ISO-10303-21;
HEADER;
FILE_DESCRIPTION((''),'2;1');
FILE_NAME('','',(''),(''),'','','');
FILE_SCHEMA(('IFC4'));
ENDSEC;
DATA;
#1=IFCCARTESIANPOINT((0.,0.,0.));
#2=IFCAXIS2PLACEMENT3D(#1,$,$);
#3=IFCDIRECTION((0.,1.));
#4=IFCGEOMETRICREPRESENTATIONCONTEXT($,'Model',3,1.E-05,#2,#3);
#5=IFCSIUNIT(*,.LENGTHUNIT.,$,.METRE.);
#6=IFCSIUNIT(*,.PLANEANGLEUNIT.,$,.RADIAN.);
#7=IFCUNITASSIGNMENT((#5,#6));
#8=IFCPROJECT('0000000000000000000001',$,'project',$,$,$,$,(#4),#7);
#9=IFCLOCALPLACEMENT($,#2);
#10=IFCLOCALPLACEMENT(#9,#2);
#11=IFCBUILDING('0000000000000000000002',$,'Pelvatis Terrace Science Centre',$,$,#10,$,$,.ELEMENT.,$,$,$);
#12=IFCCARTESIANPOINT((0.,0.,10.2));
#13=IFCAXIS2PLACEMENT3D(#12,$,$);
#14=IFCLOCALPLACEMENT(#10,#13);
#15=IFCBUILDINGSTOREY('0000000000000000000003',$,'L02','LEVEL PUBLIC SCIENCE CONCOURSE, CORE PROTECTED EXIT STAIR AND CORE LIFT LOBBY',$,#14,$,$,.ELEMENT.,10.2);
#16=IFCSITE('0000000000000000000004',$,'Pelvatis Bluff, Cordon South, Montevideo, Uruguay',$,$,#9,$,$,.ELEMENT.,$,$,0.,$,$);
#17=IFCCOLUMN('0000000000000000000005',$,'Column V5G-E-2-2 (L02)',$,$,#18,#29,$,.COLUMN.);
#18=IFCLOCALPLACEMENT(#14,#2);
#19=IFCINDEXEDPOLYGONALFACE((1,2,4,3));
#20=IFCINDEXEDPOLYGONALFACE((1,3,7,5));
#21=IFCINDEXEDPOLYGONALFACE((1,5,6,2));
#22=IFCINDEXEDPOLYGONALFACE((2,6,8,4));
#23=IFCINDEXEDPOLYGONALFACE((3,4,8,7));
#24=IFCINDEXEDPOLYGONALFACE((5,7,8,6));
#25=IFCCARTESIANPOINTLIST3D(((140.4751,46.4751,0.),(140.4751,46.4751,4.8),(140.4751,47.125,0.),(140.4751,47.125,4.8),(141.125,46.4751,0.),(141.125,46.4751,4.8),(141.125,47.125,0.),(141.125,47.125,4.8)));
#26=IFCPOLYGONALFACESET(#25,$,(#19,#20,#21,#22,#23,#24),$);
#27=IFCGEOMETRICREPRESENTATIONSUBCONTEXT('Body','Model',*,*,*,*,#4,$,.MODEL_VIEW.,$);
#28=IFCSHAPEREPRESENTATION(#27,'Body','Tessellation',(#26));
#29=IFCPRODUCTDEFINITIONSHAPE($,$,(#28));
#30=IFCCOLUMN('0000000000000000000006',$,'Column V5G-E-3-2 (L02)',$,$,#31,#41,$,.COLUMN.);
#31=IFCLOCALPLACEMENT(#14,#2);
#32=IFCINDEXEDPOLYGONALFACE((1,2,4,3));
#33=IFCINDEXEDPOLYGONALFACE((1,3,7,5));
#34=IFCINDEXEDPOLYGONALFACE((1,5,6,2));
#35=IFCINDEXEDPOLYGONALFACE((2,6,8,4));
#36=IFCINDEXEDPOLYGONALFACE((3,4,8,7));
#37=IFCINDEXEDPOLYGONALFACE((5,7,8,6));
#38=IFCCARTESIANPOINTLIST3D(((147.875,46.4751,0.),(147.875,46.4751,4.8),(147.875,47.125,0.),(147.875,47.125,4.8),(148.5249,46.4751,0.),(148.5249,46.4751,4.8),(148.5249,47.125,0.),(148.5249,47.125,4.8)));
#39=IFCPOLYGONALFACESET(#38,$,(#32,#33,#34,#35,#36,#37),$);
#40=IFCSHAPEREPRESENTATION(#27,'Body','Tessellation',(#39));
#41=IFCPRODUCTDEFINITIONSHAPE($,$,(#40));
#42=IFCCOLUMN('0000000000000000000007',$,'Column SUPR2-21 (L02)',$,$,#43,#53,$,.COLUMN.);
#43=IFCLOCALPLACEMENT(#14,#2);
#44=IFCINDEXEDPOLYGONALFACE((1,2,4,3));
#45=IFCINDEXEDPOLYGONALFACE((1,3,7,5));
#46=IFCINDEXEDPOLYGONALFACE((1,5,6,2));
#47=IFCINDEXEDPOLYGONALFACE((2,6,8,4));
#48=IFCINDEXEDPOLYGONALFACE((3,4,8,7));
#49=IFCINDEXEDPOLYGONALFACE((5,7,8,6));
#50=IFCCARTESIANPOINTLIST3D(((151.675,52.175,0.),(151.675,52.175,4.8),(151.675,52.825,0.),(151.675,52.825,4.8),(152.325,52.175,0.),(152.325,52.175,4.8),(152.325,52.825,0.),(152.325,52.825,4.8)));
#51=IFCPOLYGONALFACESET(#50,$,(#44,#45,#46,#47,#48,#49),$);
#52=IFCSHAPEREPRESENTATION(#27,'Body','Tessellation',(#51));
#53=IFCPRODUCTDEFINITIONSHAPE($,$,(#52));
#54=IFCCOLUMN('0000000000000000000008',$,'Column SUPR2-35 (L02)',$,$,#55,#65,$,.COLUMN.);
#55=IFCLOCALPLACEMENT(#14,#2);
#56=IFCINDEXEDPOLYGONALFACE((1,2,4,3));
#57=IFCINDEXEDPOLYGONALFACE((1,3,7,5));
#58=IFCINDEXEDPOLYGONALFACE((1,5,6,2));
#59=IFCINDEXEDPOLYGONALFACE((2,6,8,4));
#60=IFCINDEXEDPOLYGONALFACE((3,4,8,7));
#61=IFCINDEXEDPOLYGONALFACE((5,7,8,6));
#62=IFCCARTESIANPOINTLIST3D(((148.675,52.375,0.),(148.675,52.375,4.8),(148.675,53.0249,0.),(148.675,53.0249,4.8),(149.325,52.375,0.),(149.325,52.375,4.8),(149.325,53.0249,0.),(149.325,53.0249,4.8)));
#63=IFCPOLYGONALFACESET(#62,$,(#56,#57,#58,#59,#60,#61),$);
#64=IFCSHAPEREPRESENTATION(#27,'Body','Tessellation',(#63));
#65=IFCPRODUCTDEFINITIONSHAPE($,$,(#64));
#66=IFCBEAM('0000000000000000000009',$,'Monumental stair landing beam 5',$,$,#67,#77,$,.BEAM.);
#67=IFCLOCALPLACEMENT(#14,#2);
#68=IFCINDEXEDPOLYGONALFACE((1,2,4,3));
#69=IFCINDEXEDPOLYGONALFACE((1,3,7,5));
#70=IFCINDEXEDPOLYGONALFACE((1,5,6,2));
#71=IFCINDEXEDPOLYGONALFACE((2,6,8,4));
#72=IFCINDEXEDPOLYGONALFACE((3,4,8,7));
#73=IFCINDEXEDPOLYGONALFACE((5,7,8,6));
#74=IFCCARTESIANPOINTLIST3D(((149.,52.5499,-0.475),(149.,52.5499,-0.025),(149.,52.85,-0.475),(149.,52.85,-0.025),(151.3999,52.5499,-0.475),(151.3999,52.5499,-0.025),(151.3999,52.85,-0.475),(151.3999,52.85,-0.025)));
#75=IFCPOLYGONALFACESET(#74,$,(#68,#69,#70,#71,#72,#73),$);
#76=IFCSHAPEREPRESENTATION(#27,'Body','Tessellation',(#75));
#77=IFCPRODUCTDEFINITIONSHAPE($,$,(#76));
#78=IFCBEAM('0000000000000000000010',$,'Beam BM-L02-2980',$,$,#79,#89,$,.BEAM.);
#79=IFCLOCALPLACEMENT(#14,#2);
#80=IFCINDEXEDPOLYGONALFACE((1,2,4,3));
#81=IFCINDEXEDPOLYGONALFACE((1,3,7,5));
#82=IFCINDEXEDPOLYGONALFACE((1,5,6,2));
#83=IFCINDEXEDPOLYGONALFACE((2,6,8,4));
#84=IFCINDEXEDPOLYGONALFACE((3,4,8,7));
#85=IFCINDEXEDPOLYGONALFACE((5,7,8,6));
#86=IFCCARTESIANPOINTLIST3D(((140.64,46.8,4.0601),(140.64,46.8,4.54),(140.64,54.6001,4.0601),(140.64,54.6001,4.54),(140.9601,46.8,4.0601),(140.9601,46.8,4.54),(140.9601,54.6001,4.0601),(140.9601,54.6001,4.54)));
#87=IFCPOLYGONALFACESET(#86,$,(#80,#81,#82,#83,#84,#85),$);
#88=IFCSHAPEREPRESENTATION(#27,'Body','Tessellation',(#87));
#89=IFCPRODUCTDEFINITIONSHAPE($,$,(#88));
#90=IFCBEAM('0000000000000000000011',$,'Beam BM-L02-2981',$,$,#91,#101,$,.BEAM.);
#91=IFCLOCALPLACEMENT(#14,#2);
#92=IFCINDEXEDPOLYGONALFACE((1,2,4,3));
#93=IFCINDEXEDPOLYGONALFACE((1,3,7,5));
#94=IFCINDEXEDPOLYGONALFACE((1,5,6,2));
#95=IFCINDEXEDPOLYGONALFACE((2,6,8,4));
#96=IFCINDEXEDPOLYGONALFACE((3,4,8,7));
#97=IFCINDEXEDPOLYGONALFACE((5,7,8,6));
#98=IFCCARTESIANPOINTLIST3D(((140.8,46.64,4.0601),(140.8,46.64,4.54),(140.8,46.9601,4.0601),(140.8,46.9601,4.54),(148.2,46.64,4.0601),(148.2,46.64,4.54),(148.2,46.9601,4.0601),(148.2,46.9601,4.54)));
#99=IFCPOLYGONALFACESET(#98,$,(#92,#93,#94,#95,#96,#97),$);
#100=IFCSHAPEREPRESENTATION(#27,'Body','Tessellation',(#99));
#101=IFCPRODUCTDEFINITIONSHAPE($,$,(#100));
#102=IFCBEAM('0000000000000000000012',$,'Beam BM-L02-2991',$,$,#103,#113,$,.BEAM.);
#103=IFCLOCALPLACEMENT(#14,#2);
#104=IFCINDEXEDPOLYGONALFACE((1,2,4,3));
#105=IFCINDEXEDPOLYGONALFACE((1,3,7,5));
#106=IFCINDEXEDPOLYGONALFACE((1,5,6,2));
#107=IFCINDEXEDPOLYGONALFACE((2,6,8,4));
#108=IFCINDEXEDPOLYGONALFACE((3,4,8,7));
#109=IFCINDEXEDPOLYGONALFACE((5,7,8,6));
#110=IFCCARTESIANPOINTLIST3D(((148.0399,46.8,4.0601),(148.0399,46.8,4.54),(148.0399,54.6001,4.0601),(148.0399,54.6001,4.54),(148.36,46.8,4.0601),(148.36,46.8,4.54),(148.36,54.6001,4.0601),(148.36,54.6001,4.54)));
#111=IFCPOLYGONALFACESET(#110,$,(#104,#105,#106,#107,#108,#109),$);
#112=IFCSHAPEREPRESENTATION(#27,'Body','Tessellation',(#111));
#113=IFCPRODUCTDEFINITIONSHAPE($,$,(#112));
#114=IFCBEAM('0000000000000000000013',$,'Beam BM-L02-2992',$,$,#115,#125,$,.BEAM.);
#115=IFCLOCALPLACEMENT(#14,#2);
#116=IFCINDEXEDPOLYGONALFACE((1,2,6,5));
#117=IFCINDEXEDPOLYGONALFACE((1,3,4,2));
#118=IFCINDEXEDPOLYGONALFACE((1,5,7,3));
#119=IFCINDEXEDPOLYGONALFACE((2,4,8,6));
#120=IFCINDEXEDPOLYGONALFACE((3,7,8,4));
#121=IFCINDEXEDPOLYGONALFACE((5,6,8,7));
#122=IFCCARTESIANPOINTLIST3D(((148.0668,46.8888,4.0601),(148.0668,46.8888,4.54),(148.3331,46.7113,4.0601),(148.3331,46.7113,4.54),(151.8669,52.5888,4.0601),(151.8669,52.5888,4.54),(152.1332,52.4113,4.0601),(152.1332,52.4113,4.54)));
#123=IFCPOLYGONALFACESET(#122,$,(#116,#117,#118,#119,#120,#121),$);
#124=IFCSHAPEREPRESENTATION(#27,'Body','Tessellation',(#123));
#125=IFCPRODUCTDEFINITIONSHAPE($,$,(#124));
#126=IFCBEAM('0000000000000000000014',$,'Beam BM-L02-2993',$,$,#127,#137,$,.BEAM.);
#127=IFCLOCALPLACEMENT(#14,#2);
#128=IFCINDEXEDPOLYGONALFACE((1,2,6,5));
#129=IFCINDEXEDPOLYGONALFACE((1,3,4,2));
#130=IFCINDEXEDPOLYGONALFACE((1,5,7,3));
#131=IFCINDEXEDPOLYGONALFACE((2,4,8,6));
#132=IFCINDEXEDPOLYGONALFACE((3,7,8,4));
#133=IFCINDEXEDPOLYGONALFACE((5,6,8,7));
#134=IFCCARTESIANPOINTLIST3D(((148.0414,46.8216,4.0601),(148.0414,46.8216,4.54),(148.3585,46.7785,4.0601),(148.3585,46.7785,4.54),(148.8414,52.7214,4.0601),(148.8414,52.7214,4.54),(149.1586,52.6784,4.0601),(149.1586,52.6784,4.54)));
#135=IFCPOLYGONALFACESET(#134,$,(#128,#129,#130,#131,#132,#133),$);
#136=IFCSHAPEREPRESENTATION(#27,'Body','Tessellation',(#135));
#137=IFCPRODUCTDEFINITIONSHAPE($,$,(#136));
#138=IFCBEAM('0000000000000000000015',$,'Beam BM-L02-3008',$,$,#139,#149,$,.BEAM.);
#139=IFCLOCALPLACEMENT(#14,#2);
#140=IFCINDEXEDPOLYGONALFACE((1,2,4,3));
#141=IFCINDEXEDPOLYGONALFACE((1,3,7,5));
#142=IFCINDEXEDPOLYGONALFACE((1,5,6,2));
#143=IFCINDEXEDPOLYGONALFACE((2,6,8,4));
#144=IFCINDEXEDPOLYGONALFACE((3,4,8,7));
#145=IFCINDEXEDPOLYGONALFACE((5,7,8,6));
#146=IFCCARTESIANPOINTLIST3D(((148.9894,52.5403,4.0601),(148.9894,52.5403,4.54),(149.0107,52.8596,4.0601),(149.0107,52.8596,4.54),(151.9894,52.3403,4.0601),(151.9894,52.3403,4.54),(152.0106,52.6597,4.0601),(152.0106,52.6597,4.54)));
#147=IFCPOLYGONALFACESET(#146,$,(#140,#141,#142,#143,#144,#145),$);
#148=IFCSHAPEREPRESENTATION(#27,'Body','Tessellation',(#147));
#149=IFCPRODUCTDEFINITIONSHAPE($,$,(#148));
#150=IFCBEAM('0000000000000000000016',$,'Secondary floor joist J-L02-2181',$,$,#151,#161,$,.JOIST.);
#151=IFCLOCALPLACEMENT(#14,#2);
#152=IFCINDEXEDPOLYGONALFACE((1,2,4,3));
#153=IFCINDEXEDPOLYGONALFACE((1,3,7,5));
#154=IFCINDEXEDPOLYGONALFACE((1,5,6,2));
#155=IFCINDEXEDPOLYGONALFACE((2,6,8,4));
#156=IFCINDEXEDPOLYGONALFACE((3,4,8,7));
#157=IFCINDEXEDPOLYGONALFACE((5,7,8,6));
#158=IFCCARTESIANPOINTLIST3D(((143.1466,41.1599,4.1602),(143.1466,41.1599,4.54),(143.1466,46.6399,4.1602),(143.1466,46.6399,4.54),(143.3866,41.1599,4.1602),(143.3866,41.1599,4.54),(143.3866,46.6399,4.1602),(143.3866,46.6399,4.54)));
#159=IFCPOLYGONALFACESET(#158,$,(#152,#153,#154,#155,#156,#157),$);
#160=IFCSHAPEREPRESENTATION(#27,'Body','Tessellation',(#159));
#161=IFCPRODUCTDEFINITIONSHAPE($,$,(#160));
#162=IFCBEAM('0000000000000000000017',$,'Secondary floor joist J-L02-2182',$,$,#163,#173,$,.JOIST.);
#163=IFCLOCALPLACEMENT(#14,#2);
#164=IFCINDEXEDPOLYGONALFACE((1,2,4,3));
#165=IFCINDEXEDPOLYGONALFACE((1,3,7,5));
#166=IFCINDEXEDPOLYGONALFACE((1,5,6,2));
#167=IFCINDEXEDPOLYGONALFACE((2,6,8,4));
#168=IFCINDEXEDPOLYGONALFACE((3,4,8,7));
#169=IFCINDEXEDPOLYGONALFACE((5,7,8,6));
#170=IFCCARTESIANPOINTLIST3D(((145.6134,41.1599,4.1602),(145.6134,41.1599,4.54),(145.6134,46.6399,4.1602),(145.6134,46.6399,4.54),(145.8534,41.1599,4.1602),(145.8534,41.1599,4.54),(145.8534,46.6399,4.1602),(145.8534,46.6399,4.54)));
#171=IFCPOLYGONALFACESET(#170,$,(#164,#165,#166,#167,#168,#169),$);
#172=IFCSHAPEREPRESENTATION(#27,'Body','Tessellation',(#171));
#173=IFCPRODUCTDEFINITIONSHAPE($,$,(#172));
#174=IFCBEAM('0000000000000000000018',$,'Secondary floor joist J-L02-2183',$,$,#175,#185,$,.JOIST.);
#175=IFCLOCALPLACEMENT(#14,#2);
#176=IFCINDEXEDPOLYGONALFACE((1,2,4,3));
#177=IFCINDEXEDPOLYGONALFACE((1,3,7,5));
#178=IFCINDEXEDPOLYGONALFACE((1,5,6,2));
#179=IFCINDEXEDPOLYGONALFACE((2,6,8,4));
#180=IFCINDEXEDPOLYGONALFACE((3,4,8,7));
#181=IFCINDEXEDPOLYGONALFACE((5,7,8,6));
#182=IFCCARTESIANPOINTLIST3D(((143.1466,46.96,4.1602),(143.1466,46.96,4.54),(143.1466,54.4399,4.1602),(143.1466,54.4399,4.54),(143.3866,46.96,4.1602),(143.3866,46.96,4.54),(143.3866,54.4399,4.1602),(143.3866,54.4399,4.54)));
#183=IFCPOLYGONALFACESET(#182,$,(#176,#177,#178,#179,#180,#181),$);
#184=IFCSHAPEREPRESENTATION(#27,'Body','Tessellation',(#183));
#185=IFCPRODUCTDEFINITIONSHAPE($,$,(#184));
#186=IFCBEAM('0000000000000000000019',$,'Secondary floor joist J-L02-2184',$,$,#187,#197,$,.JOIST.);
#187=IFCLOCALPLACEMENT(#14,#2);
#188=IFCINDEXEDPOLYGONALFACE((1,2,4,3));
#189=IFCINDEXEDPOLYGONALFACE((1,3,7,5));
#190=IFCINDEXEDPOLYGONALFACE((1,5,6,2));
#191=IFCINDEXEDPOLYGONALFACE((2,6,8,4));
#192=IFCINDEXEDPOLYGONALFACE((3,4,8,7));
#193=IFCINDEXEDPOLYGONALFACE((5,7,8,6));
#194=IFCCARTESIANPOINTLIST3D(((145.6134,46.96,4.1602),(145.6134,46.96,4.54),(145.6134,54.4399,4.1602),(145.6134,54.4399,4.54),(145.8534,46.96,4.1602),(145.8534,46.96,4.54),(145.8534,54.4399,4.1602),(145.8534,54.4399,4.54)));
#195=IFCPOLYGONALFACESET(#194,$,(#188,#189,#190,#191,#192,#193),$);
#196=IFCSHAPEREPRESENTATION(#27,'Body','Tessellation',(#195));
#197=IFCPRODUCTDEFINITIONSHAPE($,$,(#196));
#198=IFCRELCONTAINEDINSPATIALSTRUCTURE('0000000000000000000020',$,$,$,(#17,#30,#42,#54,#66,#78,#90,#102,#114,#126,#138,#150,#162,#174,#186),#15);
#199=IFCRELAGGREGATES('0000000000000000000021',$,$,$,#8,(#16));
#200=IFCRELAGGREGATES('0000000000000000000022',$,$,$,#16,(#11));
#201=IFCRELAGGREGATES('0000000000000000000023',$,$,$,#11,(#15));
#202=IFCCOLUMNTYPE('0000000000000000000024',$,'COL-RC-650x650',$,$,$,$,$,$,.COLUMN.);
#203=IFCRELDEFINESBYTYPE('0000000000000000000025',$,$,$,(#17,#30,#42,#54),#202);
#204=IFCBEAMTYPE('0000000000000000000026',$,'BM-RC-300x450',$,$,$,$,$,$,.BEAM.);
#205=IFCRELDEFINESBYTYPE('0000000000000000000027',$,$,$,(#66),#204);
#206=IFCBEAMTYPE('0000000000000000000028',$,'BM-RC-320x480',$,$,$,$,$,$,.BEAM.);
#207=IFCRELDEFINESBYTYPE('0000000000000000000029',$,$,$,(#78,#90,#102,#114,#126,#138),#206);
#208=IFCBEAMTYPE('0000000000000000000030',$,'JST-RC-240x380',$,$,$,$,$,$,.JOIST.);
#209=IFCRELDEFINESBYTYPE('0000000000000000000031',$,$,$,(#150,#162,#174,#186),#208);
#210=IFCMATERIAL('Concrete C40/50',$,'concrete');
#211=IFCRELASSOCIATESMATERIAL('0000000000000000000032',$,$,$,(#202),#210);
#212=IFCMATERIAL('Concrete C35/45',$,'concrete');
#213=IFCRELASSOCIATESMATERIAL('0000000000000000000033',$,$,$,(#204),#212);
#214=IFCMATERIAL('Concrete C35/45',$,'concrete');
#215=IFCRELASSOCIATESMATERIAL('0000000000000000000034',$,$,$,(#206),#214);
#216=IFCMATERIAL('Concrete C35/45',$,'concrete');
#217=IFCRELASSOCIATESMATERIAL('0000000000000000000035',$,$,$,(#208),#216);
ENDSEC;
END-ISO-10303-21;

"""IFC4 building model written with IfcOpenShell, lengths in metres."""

from ifc_helpers import new_model, si_unit, direction, frame, origin, origin_2d, place, context, subcontext, project, spatial, rectangle, extrude, material, material_profile, profile_set, type_object, element, save


model = new_model("IFC4")

# Units and contexts
model_context = context("Model", 3, precision=1e-05, world=origin(), true_north=direction((0.0, 1.0)))
body_context = subcontext(model_context, "Body", "Model", "MODEL_VIEW")
ifc_project = project(units=[si_unit("LENGTHUNIT", "METRE"), si_unit("PLANEANGLEUNIT", "RADIAN")], contexts=[model_context])

# Site, building, storey
site_placement = place(None, origin())
site = spatial("IfcSite", under=ifc_project, at=site_placement, Name="Pelvatis Bluff, Cordon South, Montevideo, Uruguay", CompositionType="ELEMENT", RefElevation=0.0)
building_placement = place(site_placement, origin())
building = spatial("IfcBuilding", under=site, at=building_placement, Name="Pelvatis Terrace Science Centre", CompositionType="ELEMENT")
storey_placement = place(building_placement, frame((0.0, 0.0, 10.2)))
storey = spatial("IfcBuildingStorey", under=building, at=storey_placement, Name="L02", Description="LEVEL PUBLIC SCIENCE CONCOURSE, CORE PROTECTED EXIT STAIR AND CORE LIFT LOBBY", CompositionType="ELEMENT", Elevation=10.2)

# Columns
ifc_material_1 = material(Name="Concrete C40/50", Category="concrete")
ifc_material_profile_1 = material_profile(ifc_material_1, rectangle(XDim=0.6499, YDim=0.6499, at=origin_2d()), Name="RC-COL 650x650")
ifc_profile_set_1 = profile_set([ifc_material_profile_1], Name="Concrete C40/50")
column_type = type_object("IfcColumnType", Name="COL-RC-650x650", PredefinedType="COLUMN", material=ifc_profile_set_1)
for number, where, z_axis, x_axis, name in (
    (1, (140.8, 46.8, 0.0), (0.0, 0.0, 1.0), (1.0, 0.0, 0.0), "Column V5G-E-2-2 (L02)"),
    (2, (148.2, 46.8, 0.0), (0.0, 0.0, 1.0), (1.0, 0.0, 0.0), "Column V5G-E-3-2 (L02)"),
    (3, (152.0, 52.5, 0.0), (0.0, 0.0, 1.0), (1.0, 0.0, 0.0), "Column SUPR2-21 (L02)"),
    (4, (149.0, 52.7, 0.0), (0.0, 0.0, 1.0), (1.0, 0.0, 0.0), "Column SUPR2-35 (L02)"),
):
    element("IfcColumn", number, at=place(storey_placement, frame(where, z_axis=z_axis, x_axis=x_axis)), inside=storey, type_object=column_type, Name=name, PredefinedType="COLUMN", context=body_context, shape_type="SweptSolid", body=[
        extrude(rectangle(XDim=0.6499, YDim=0.6499, at=origin_2d()), origin(), (0.0, 0.0, 1.0), 4.8),
    ])

# Beams
ifc_material_2 = material(Name="Concrete C35/45", Category="concrete")
ifc_material_profile_2 = material_profile(ifc_material_2, rectangle(XDim=0.3, YDim=0.45, at=origin_2d()), Name="RC-BM 300x450")
ifc_profile_set_2 = profile_set([ifc_material_profile_2], Name="Concrete C35/45")
beam_type_1 = type_object("IfcBeamType", Name="BM-RC-300x450", PredefinedType="BEAM", material=ifc_profile_set_2)
beam_1_placement = place(storey_placement, frame((149.0, 52.7, -0.25), z_axis=(1.0, 0.0, 0.0), x_axis=(0.0, 1.0, 0.0)))
element("IfcBeam", 5, at=beam_1_placement, inside=storey, type_object=beam_type_1, Name="Monumental stair landing beam 5", PredefinedType="BEAM", context=body_context, shape_type="SweptSolid", body=[
    extrude(rectangle(XDim=0.3, YDim=0.45, at=origin_2d()), origin(), (0.0, 0.0, 1.0), 2.3999),
])
ifc_material_3 = material(Name="Concrete C35/45", Category="concrete")
ifc_material_profile_3 = material_profile(ifc_material_3, rectangle(XDim=0.3201, YDim=0.48, at=origin_2d()), Name="RC-BM 320x480")
ifc_profile_set_3 = profile_set([ifc_material_profile_3], Name="Concrete C35/45")
beam_type_2 = type_object("IfcBeamType", Name="BM-RC-320x480", PredefinedType="BEAM", material=ifc_profile_set_3)
beam_2_placement = place(storey_placement, frame((140.8, 46.8, 4.3), z_axis=(0.0, 1.0, 0.0), x_axis=(-1.0, 0.0, 0.0)))
element("IfcBeam", 6, at=beam_2_placement, inside=storey, type_object=beam_type_2, Name="Beam BM-L02-2980", PredefinedType="BEAM", context=body_context, shape_type="SweptSolid", body=[
    extrude(rectangle(XDim=0.3201, YDim=0.48, at=origin_2d()), origin(), (0.0, 0.0, 1.0), 7.8),
])
beam_3_placement = place(storey_placement, frame((140.8, 46.8, 4.3), z_axis=(1.0, 0.0, 0.0), x_axis=(0.0, 1.0, 0.0)))
element("IfcBeam", 7, at=beam_3_placement, inside=storey, type_object=beam_type_2, Name="Beam BM-L02-2981", PredefinedType="BEAM", context=body_context, shape_type="SweptSolid", body=[
    extrude(rectangle(XDim=0.3201, YDim=0.48, at=origin_2d()), origin(), (0.0, 0.0, 1.0), 7.3999),
])
beam_4_placement = place(storey_placement, frame((148.2, 46.8, 4.3), z_axis=(0.0, 1.0, 0.0), x_axis=(-1.0, 0.0, 0.0)))
element("IfcBeam", 8, at=beam_4_placement, inside=storey, type_object=beam_type_2, Name="Beam BM-L02-2991", PredefinedType="BEAM", context=body_context, shape_type="SweptSolid", body=[
    extrude(rectangle(XDim=0.3201, YDim=0.48, at=origin_2d()), origin(), (0.0, 0.0, 1.0), 7.8),
])
beam_5_placement = place(storey_placement, frame((148.2, 46.8, 4.3), z_axis=(0.554708, 0.832045, 0.0), x_axis=(-0.832045, 0.554708, 0.0)))
element("IfcBeam", 9, at=beam_5_placement, inside=storey, type_object=beam_type_2, Name="Beam BM-L02-2992", PredefinedType="BEAM", context=body_context, shape_type="SweptSolid", body=[
    extrude(rectangle(XDim=0.3201, YDim=0.48, at=origin_2d()), origin(), (0.0, 0.0, 1.0), 6.8506),
])
beam_6_placement = place(storey_placement, frame((148.2, 46.8, 4.3), z_axis=(0.134374, 0.990931, 0.0), x_axis=(-0.990931, 0.134374, 0.0)))
element("IfcBeam", 10, at=beam_6_placement, inside=storey, type_object=beam_type_2, Name="Beam BM-L02-2993", PredefinedType="BEAM", context=body_context, shape_type="SweptSolid", body=[
    extrude(rectangle(XDim=0.3201, YDim=0.48, at=origin_2d()), origin(), (0.0, 0.0, 1.0), 5.9539),
])
beam_7_placement = place(storey_placement, frame((152.0, 52.5, 4.3), z_axis=(-0.997786, 0.066503, 0.0), x_axis=(-0.066503, -0.997786, 0.0)))
element("IfcBeam", 11, at=beam_7_placement, inside=storey, type_object=beam_type_2, Name="Beam BM-L02-3008", PredefinedType="BEAM", context=body_context, shape_type="SweptSolid", body=[
    extrude(rectangle(XDim=0.3201, YDim=0.48, at=origin_2d()), origin(), (0.0, 0.0, 1.0), 3.0066),
])
ifc_material_4 = material(Name="Concrete C35/45", Category="concrete")
ifc_material_profile_4 = material_profile(ifc_material_4, rectangle(XDim=0.24, YDim=0.3799, at=origin_2d()), Name="RC-JST 240x380")
ifc_profile_set_4 = profile_set([ifc_material_profile_4], Name="Concrete C35/45")
beam_type_3 = type_object("IfcBeamType", Name="JST-RC-240x380", PredefinedType="JOIST", material=ifc_profile_set_4)
for number, where, z_axis, x_axis, name in (
    (12, (143.2666, 41.1599, 4.3501), (0.0, 1.0, 0.0), (-1.0, 0.0, 0.0), "Secondary floor joist J-L02-2181"),
    (13, (145.7334, 41.1599, 4.3501), (0.0, 1.0, 0.0), (-1.0, 0.0, 0.0), "Secondary floor joist J-L02-2182"),
):
    element("IfcBeam", number, at=place(storey_placement, frame(where, z_axis=z_axis, x_axis=x_axis)), inside=storey, type_object=beam_type_3, Name=name, PredefinedType="JOIST", context=body_context, shape_type="SweptSolid", body=[
        extrude(rectangle(XDim=0.24, YDim=0.3799, at=origin_2d()), origin(), (0.0, 0.0, 1.0), 5.48),
    ])
for number, where, z_axis, x_axis, name in (
    (14, (143.2666, 46.96, 4.3501), (0.0, 1.0, 0.0), (-1.0, 0.0, 0.0), "Secondary floor joist J-L02-2183"),
    (15, (145.7334, 46.96, 4.3501), (0.0, 1.0, 0.0), (-1.0, 0.0, 0.0), "Secondary floor joist J-L02-2184"),
):
    element("IfcBeam", number, at=place(storey_placement, frame(where, z_axis=z_axis, x_axis=x_axis)), inside=storey, type_object=beam_type_3, Name=name, PredefinedType="JOIST", context=body_context, shape_type="SweptSolid", body=[
        extrude(rectangle(XDim=0.24, YDim=0.3799, at=origin_2d()), origin(), (0.0, 0.0, 1.0), 7.48),
    ])

save(model, "model.ifc")
